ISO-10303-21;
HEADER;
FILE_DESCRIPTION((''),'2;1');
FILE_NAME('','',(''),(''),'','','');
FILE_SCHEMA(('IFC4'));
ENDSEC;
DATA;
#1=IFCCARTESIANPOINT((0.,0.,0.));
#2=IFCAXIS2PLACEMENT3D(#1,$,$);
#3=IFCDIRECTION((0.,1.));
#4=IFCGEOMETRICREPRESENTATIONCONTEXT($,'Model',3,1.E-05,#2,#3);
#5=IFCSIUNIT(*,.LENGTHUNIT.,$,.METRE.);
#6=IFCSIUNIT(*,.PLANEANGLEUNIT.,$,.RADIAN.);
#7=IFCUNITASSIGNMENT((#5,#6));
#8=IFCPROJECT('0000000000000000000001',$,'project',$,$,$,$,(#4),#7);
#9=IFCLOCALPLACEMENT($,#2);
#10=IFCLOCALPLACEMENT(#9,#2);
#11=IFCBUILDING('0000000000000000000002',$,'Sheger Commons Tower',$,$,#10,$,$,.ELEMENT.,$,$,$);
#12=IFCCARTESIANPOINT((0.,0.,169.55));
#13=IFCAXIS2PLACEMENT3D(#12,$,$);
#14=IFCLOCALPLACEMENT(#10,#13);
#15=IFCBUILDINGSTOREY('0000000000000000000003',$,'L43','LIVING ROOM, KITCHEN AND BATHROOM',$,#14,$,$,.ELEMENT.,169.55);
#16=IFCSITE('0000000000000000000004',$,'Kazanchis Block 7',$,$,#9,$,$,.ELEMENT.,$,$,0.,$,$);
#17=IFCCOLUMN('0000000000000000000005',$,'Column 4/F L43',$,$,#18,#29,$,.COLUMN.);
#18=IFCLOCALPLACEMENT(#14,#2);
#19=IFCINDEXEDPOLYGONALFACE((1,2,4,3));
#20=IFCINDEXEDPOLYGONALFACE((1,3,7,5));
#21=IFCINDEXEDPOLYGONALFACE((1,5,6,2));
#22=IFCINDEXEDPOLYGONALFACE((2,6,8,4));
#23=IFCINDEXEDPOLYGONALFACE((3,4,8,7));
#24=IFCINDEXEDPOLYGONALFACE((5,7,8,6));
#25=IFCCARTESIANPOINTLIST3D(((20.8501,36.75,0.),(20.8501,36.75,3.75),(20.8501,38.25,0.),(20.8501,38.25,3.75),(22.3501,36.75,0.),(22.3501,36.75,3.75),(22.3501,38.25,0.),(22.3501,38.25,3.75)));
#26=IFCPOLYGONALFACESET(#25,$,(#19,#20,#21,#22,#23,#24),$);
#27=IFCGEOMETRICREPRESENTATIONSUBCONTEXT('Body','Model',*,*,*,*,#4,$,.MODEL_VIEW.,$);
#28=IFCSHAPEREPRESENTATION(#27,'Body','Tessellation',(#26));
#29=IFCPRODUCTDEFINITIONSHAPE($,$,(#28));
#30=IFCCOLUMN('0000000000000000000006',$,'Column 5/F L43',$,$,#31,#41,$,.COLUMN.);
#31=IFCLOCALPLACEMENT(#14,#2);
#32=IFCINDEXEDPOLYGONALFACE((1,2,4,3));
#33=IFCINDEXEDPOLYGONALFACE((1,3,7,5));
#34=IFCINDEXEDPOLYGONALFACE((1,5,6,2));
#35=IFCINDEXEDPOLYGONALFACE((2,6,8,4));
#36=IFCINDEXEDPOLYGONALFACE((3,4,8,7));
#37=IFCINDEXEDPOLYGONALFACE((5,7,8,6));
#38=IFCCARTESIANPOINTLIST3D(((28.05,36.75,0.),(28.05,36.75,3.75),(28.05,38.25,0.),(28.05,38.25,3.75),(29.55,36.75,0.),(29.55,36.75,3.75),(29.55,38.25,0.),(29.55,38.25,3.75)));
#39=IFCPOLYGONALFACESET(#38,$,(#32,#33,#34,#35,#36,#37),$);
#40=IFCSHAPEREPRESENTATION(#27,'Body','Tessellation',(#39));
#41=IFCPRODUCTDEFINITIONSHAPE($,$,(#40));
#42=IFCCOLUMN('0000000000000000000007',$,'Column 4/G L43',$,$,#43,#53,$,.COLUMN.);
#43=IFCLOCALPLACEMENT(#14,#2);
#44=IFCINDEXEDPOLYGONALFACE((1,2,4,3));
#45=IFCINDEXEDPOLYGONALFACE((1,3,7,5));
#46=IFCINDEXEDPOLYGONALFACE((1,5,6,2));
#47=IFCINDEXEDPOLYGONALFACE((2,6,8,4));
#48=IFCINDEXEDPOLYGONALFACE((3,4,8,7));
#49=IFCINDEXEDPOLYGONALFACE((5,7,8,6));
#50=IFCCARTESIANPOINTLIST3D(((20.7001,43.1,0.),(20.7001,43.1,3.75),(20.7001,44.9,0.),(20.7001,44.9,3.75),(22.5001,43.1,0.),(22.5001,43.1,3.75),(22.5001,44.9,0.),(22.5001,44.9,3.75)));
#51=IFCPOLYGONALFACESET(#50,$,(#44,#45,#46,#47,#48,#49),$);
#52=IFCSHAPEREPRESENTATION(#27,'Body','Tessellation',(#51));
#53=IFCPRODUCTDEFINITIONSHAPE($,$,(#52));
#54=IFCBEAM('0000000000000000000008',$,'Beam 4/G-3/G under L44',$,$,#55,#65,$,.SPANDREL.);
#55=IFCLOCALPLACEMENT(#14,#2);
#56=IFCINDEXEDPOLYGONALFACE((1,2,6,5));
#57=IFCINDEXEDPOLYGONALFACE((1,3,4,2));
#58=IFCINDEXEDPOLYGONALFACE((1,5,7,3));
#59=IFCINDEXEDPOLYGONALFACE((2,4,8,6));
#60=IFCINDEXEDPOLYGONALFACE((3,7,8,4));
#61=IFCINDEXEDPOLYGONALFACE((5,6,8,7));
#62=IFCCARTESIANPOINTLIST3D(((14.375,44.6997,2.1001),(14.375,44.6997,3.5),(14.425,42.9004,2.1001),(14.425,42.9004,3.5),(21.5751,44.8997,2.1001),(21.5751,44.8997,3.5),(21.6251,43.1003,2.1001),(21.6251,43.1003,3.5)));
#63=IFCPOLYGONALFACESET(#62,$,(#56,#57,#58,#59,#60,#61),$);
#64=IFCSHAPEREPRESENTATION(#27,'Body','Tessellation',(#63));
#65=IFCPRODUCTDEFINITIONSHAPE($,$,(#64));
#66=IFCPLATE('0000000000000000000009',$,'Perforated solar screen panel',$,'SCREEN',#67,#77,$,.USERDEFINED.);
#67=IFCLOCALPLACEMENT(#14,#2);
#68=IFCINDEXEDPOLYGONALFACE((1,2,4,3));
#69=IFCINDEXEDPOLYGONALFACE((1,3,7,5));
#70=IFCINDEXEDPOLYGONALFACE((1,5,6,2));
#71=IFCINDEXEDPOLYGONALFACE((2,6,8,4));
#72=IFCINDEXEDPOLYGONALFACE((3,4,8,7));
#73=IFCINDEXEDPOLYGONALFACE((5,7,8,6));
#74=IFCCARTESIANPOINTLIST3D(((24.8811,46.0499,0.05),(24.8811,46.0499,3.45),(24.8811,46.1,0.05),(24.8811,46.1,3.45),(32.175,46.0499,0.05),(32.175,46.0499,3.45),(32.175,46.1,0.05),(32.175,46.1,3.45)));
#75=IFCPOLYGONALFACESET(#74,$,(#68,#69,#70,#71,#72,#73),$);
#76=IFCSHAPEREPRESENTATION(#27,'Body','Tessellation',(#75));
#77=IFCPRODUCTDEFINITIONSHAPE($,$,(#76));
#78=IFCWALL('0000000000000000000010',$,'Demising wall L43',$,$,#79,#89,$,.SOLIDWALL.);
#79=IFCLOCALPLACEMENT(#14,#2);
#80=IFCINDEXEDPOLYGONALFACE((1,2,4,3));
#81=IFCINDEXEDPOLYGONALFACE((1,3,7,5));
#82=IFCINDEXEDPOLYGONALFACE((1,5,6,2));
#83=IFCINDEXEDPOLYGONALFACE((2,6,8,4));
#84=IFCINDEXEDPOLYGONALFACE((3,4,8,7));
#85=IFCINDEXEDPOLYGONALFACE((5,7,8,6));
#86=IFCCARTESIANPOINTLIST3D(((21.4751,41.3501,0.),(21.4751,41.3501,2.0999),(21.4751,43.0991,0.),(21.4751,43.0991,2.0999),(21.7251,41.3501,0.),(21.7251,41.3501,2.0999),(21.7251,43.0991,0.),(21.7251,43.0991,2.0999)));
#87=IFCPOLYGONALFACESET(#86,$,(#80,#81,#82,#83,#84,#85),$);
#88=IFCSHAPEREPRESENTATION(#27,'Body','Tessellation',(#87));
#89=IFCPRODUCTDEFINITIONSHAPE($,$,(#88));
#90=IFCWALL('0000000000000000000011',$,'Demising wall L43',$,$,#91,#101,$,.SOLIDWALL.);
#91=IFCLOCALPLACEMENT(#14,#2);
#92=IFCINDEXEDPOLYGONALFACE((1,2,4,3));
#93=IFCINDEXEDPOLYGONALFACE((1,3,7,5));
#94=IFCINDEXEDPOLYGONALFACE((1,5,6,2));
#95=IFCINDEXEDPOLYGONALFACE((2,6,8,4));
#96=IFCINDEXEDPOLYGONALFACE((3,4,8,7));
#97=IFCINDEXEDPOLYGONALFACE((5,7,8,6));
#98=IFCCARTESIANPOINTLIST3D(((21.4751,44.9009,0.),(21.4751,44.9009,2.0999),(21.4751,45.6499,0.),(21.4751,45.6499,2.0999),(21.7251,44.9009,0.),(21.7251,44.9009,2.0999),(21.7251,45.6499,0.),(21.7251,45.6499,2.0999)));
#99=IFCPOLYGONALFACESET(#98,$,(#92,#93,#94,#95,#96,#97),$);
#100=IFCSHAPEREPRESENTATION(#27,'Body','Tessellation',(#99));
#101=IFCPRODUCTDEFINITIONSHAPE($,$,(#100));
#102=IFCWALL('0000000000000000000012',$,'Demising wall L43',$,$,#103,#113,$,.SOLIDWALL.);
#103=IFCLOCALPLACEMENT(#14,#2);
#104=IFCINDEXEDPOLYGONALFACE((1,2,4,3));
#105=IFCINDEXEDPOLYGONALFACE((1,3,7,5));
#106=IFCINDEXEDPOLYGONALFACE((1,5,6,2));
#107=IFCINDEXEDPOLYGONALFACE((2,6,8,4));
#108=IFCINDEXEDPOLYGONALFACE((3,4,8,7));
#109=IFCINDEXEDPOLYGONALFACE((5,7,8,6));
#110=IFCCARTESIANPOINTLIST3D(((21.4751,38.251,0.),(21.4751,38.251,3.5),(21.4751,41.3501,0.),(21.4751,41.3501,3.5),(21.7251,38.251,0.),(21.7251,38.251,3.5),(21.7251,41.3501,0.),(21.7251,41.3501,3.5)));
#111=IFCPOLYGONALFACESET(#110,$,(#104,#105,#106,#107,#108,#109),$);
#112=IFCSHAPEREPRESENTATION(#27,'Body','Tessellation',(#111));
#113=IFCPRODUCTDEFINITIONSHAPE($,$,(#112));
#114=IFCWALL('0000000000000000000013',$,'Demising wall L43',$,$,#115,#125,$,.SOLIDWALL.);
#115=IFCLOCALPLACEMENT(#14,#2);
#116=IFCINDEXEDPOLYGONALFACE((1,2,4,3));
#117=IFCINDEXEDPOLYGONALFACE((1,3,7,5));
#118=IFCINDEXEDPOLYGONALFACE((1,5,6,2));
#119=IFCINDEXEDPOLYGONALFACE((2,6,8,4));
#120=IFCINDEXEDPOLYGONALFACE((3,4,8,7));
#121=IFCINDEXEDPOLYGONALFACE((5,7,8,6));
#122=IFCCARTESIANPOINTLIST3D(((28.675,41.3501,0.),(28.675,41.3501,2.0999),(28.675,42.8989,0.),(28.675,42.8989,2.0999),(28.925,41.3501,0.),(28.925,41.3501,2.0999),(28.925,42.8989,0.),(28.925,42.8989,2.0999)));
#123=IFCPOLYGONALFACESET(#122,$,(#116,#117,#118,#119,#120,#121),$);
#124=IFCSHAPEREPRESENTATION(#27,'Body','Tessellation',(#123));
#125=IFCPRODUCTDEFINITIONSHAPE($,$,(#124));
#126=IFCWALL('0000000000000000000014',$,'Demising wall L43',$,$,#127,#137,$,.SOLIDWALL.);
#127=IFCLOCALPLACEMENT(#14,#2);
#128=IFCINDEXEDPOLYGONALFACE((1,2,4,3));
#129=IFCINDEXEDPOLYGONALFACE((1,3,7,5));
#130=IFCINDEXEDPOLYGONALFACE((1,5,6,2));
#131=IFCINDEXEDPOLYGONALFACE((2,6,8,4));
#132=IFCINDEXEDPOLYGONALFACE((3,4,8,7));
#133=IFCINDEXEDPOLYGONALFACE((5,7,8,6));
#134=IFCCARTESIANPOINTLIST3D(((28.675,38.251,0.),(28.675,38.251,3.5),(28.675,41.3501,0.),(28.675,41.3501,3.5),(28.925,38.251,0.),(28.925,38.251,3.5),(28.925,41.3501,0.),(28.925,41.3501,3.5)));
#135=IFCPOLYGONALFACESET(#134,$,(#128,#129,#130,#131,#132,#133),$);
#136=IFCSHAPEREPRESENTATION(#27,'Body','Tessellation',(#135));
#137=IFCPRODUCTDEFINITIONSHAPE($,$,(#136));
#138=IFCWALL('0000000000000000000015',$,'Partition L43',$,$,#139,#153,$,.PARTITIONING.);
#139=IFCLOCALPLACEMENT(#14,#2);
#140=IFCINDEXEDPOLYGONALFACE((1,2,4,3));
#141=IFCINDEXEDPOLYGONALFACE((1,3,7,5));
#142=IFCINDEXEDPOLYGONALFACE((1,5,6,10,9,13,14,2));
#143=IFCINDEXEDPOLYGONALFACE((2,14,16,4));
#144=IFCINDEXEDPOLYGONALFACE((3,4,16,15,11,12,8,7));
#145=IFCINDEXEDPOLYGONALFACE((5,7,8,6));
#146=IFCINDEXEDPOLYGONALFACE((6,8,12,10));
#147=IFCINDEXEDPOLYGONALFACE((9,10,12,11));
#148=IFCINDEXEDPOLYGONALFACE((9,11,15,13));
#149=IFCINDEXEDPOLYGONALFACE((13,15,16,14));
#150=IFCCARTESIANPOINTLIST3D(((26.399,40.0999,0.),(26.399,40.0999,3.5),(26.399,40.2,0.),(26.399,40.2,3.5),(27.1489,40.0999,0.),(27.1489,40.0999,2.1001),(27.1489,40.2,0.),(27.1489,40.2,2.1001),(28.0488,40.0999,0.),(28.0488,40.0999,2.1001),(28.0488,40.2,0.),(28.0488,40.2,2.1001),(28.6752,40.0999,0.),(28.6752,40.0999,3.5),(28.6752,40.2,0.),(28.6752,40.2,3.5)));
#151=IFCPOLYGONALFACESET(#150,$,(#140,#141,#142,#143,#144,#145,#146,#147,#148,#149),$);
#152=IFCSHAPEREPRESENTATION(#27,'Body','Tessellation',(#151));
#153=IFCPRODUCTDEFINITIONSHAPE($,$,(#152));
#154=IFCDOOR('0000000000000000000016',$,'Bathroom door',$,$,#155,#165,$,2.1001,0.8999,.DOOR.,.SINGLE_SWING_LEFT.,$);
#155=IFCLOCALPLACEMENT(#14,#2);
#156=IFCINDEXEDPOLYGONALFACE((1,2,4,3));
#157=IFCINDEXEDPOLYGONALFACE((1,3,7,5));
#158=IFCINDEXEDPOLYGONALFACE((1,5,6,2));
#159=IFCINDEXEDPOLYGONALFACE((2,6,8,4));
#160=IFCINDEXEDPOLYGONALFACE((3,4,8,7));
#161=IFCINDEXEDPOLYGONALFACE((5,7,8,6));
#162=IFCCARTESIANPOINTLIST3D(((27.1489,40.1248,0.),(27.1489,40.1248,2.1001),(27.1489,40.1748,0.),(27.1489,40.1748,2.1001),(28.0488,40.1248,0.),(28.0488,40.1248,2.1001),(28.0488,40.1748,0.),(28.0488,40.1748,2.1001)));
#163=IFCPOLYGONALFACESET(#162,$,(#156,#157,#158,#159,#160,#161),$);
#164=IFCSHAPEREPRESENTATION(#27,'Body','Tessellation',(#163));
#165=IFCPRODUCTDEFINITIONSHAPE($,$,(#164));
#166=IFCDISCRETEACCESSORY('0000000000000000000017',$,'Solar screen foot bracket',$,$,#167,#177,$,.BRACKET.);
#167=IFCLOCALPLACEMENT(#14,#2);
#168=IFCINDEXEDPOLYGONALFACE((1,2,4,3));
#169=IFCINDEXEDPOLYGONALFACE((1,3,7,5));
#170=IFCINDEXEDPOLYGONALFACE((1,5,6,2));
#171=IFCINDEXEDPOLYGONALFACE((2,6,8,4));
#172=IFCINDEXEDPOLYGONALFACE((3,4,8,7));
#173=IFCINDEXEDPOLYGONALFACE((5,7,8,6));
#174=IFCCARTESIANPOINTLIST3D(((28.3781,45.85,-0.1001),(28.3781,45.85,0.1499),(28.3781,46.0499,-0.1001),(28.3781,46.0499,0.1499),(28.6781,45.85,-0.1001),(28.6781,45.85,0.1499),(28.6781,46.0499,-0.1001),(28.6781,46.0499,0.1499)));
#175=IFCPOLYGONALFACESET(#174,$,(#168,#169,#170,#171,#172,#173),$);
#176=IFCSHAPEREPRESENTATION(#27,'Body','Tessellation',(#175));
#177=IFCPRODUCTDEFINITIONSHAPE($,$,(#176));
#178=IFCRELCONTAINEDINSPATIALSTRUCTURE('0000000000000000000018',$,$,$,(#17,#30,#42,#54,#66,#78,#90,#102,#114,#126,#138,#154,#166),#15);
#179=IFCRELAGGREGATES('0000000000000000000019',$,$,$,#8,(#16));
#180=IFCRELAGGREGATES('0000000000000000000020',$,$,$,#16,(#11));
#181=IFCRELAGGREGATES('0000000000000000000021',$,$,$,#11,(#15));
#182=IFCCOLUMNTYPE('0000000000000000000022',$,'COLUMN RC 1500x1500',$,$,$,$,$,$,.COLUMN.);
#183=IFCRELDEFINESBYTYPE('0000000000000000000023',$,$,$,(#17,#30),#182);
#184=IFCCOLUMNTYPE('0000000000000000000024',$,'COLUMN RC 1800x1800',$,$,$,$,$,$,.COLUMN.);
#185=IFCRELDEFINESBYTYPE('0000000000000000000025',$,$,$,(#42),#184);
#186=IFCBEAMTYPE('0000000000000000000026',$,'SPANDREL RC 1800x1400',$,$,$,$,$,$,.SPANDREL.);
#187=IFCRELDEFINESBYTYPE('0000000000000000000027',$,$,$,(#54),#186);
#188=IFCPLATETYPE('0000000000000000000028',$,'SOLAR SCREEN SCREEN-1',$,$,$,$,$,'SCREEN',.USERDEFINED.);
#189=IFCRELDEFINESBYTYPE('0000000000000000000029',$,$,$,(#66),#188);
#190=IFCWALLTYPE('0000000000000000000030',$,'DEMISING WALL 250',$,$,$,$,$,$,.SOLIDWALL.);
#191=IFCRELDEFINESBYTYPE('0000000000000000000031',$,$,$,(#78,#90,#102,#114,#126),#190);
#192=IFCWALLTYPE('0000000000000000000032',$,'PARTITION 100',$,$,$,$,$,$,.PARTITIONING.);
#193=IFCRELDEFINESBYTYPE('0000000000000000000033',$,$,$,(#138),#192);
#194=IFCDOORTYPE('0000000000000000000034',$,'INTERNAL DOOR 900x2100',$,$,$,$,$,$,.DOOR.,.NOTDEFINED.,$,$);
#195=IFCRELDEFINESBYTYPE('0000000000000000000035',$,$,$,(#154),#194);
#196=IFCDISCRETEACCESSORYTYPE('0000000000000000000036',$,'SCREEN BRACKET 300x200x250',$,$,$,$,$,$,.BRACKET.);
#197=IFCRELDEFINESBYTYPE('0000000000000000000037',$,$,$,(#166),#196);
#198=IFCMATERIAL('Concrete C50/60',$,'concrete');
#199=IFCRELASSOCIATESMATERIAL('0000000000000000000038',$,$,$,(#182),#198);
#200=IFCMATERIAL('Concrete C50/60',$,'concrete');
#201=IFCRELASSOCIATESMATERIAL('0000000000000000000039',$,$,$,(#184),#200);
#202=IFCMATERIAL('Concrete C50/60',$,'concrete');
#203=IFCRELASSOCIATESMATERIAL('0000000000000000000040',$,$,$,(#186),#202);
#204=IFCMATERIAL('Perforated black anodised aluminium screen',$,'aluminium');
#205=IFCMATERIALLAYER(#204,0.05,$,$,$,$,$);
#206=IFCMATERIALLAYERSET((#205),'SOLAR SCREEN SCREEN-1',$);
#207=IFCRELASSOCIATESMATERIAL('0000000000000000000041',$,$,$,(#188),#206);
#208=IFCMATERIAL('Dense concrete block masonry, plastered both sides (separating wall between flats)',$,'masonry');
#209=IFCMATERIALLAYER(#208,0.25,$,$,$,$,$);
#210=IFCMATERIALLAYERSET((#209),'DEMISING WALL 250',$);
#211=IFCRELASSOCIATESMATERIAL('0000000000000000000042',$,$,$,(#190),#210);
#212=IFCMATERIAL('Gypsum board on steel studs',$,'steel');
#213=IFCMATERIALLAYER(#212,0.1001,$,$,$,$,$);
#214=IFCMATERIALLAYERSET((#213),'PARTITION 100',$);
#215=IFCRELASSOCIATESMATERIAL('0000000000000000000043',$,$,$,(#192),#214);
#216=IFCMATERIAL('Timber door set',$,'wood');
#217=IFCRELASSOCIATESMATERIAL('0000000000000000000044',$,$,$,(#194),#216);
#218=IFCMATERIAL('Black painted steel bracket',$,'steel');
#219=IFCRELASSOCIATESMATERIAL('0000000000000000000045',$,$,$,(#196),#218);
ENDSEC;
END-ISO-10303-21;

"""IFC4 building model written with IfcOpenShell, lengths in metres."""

from ifc_helpers import new_model, si_unit, direction, frame, frame_2d, origin, origin_2d, place, context, subcontext, project, spatial, rectangle, extrude, material, layer, layer_set, material_profile, profile_set, type_object, element, fill, save


model = new_model("IFC4")

# Units and contexts
model_context = context("Model", 3, precision=1e-05, world=origin(), true_north=direction((0.0, 1.0)))
body_context = subcontext(model_context, "Body", "Model", "MODEL_VIEW")
ifc_project = project(units=[si_unit("LENGTHUNIT", "METRE"), si_unit("PLANEANGLEUNIT", "RADIAN")], contexts=[model_context])

# Site, building, storey
site_placement = place(None, origin())
site = spatial("IfcSite", under=ifc_project, at=site_placement, Name="Kazanchis Block 7", CompositionType="ELEMENT", RefElevation=0.0)
building_placement = place(site_placement, origin())
building = spatial("IfcBuilding", under=site, at=building_placement, Name="Sheger Commons Tower", CompositionType="ELEMENT")
storey_placement = place(building_placement, frame((0.0, 0.0, 169.55)))
storey = spatial("IfcBuildingStorey", under=building, at=storey_placement, Name="L43", Description="LIVING ROOM, KITCHEN AND BATHROOM", CompositionType="ELEMENT", Elevation=169.55)

# Columns
ifc_material_1 = material(Name="Concrete C50/60", Category="concrete")
ifc_material_profile_1 = material_profile(ifc_material_1, rectangle(XDim=1.5, YDim=1.5, at=origin_2d()), Name="RC 1500x1500")
ifc_profile_set_1 = profile_set([ifc_material_profile_1], Name="Concrete C50/60")
column_type_1 = type_object("IfcColumnType", Name="COLUMN RC 1500x1500", PredefinedType="COLUMN", material=ifc_profile_set_1)
for number, where, z_axis, x_axis, name in (
    (1, (21.6001, 37.5, 0.0), (0.0, 0.0, 1.0), (1.0, 0.0, 0.0), "Column 4/F L43"),
    (2, (28.8, 37.5, 0.0), (0.0, 0.0, 1.0), (1.0, 0.0, 0.0), "Column 5/F L43"),
):
    element("IfcColumn", number, at=place(storey_placement, frame(where, z_axis=z_axis, x_axis=x_axis)), inside=storey, type_object=column_type_1, Name=name, PredefinedType="COLUMN", context=body_context, shape_type="SweptSolid", body=[
        extrude(rectangle(XDim=1.5, YDim=1.5, at=origin_2d()), origin(), (0.0, 0.0, 1.0), 3.75),
    ])
ifc_material_2 = material(Name="Concrete C50/60", Category="concrete")
ifc_material_profile_2 = material_profile(ifc_material_2, rectangle(XDim=1.8, YDim=1.8, at=origin_2d()), Name="RC 1800x1800")
ifc_profile_set_2 = profile_set([ifc_material_profile_2], Name="Concrete C50/60")
column_type_2 = type_object("IfcColumnType", Name="COLUMN RC 1800x1800", PredefinedType="COLUMN", material=ifc_profile_set_2)
column_placement = place(storey_placement, frame((21.6001, 44.0, 0.0), z_axis=(0.0, 0.0, 1.0), x_axis=(1.0, 0.0, 0.0)))
element("IfcColumn", 3, at=column_placement, inside=storey, type_object=column_type_2, Name="Column 4/G L43", PredefinedType="COLUMN", context=body_context, shape_type="SweptSolid", body=[
    extrude(rectangle(XDim=1.8, YDim=1.8, at=origin_2d()), origin(), (0.0, 0.0, 1.0), 3.75),
])

# Beam
ifc_material_3 = material(Name="Concrete C50/60", Category="concrete")
ifc_material_profile_3 = material_profile(ifc_material_3, rectangle(XDim=1.8, YDim=1.3999, at=origin_2d()), Name="RC 1800x1400")
ifc_profile_set_3 = profile_set([ifc_material_profile_3], Name="Concrete C50/60")
beam_type = type_object("IfcBeamType", Name="SPANDREL RC 1800x1400", PredefinedType="SPANDREL", material=ifc_profile_set_3)
beam_placement = place(storey_placement, frame((21.6001, 44.0, 2.8), z_axis=(-0.999615, -0.02776, 0.0), x_axis=(0.02776, -0.999615, 0.0)))
element("IfcBeam", 4, at=beam_placement, inside=storey, type_object=beam_type, Name="Beam 4/G-3/G under L44", PredefinedType="SPANDREL", context=body_context, shape_type="SweptSolid", body=[
    extrude(rectangle(XDim=1.8, YDim=1.3999, at=origin_2d()), origin(), (0.0, 0.0, 1.0), 7.2029),
])

# Plate
ifc_material_4 = material(Name="Perforated black anodised aluminium screen", Category="aluminium")
ifc_layer_1 = layer(ifc_material_4, 0.05)
ifc_layer_set_1 = layer_set([ifc_layer_1], Name="SOLAR SCREEN SCREEN-1")
plate_type = type_object("IfcPlateType", Name="SOLAR SCREEN SCREEN-1", ElementType="SCREEN", PredefinedType="USERDEFINED", material=ifc_layer_set_1)
plate_placement = place(storey_placement, frame((28.5281, 46.075, 0.05), z_axis=(0.0, 0.0, 1.0), x_axis=(-1.0, 0.0, 0.0)))
element("IfcPlate", 5, at=plate_placement, inside=storey, type_object=plate_type, Name="Perforated solar screen panel", ObjectType="SCREEN", PredefinedType="USERDEFINED", context=body_context, shape_type="SweptSolid", body=[
    extrude(rectangle(XDim=7.2939, YDim=0.05, at=origin_2d()), origin(), (0.0, 0.0, 1.0), 3.3999),
])

# Walls
ifc_material_5 = material(Name="Dense concrete block masonry, plastered both sides (separating wall between flats)", Category="masonry")
ifc_layer_2 = layer(ifc_material_5, 0.25)
ifc_layer_set_2 = layer_set([ifc_layer_2], Name="DEMISING WALL 250")
wall_type_1 = type_object("IfcWallType", Name="DEMISING WALL 250", PredefinedType="SOLIDWALL", material=ifc_layer_set_2)
wall_1_placement = place(storey_placement, frame((21.6001, 41.3501, 0.0), z_axis=(0.0, 0.0, 1.0), x_axis=(0.0, 1.0, 0.0)))
element("IfcWall", 6, at=wall_1_placement, inside=storey, type_object=wall_type_1, Name="Demising wall L43", PredefinedType="SOLIDWALL", context=body_context, shape_type="SweptSolid", body=[
    extrude(rectangle(XDim=1.749, YDim=0.25, at=frame_2d((0.8745, 0.0))), origin(), (0.0, 0.0, 1.0), 2.0999),
])
wall_2_placement = place(storey_placement, frame((21.6001, 44.9009, 0.0), z_axis=(0.0, 0.0, 1.0), x_axis=(0.0, 1.0, 0.0)))
element("IfcWall", 7, at=wall_2_placement, inside=storey, type_object=wall_type_1, Name="Demising wall L43", PredefinedType="SOLIDWALL", context=body_context, shape_type="SweptSolid", body=[
    extrude(rectangle(XDim=0.749, YDim=0.25, at=frame_2d((0.3745, 0.0))), origin(), (0.0, 0.0, 1.0), 2.0999),
])
wall_3_placement = place(storey_placement, frame((21.6001, 38.251, 0.0), z_axis=(0.0, 0.0, 1.0), x_axis=(0.0, 1.0, 0.0)))
element("IfcWall", 8, at=wall_3_placement, inside=storey, type_object=wall_type_1, Name="Demising wall L43", PredefinedType="SOLIDWALL", context=body_context, shape_type="SweptSolid", body=[
    extrude(rectangle(XDim=3.0991, YDim=0.25, at=frame_2d((1.5496, 0.0))), origin(), (0.0, 0.0, 1.0), 3.5),
])
wall_4_placement = place(storey_placement, frame((28.8, 41.3501, 0.0), z_axis=(0.0, 0.0, 1.0), x_axis=(0.0, 1.0, 0.0)))
element("IfcWall", 9, at=wall_4_placement, inside=storey, type_object=wall_type_1, Name="Demising wall L43", PredefinedType="SOLIDWALL", context=body_context, shape_type="SweptSolid", body=[
    extrude(rectangle(XDim=1.5488, YDim=0.25, at=frame_2d((0.7744, 0.0))), origin(), (0.0, 0.0, 1.0), 2.0999),
])
wall_5_placement = place(storey_placement, frame((28.8, 38.251, 0.0), z_axis=(0.0, 0.0, 1.0), x_axis=(0.0, 1.0, 0.0)))
element("IfcWall", 10, at=wall_5_placement, inside=storey, type_object=wall_type_1, Name="Demising wall L43", PredefinedType="SOLIDWALL", context=body_context, shape_type="SweptSolid", body=[
    extrude(rectangle(XDim=3.0991, YDim=0.25, at=frame_2d((1.5496, 0.0))), origin(), (0.0, 0.0, 1.0), 3.5),
])

# Wall, opening, door
ifc_material_6 = material(Name="Gypsum board on steel studs", Category="steel")
ifc_layer_3 = layer(ifc_material_6, 0.1001)
ifc_layer_set_3 = layer_set([ifc_layer_3], Name="PARTITION 100")
wall_type_2 = type_object("IfcWallType", Name="PARTITION 100", PredefinedType="PARTITIONING", material=ifc_layer_set_3)
wall_6_placement = place(storey_placement, frame((26.3989, 40.1499, 0.0), z_axis=(0.0, 0.0, 1.0), x_axis=(1.0, 0.0, 0.0)))
wall_6 = element("IfcWall", 11, at=wall_6_placement, inside=storey, type_object=wall_type_2, Name="Partition L43", PredefinedType="PARTITIONING", context=body_context, shape_type="SweptSolid", body=[
    extrude(rectangle(XDim=2.2761, YDim=0.1001, at=frame_2d((1.1382, 0.0))), origin(), (0.0, 0.0, 1.0), 3.5),
])
opening_placement = place(wall_6_placement, frame((0.75, 0.0, 0.0)))
opening = element("IfcOpeningElement", 12, at=opening_placement, cuts=wall_6, PredefinedType="OPENING", context=body_context, shape_type="SweptSolid", body=[
    extrude(rectangle(XDim=0.8999, YDim=2.1001, at=frame_2d((0.45, 1.05))), frame((0.0, 0.0601, 0.0), z_axis=(0.0, -1.0, 0.0), x_axis=(1.0, 0.0, 0.0)), (0.0, 0.0, 1.0), 0.1201),
])
ifc_material_7 = material(Name="Timber door set", Category="wood")
door_type = type_object("IfcDoorType", Name="INTERNAL DOOR 900x2100", OperationType="NOTDEFINED", PredefinedType="DOOR", material=ifc_material_7)
door_placement = place(opening_placement, origin())
door = element("IfcDoor", 13, at=door_placement, inside=storey, type_object=door_type, Name="Bathroom door", OperationType="SINGLE_SWING_LEFT", OverallHeight=2.1001, OverallWidth=0.8999, PredefinedType="DOOR", context=body_context, shape_type="SweptSolid", body=[
    extrude(rectangle(XDim=0.8999, YDim=2.1001, at=frame_2d((0.45, 1.05))), frame((0.0, 0.0249, 0.0), z_axis=(0.0, -1.0, 0.0), x_axis=(1.0, 0.0, 0.0)), (0.0, 0.0, 1.0), 0.05),
])
fill(opening, door)

# Discrete accessory
ifc_material_8 = material(Name="Black painted steel bracket", Category="steel")
discrete_accessory_type = type_object("IfcDiscreteAccessoryType", Name="SCREEN BRACKET 300x200x250", PredefinedType="BRACKET", material=ifc_material_8)
for number, where, z_axis, x_axis, name in (
    (14, (28.5281, 45.95, -0.1001), (0.0, 0.0, 1.0), (-1.0, 0.0, 0.0), "Solar screen foot bracket"),
):
    element("IfcDiscreteAccessory", number, at=place(storey_placement, frame(where, z_axis=z_axis, x_axis=x_axis)), inside=storey, type_object=discrete_accessory_type, Name=name, PredefinedType="BRACKET", context=body_context, shape_type="SweptSolid", body=[
        extrude(rectangle(XDim=0.3, YDim=0.2, at=origin_2d()), origin(), (0.0, 0.0, 1.0), 0.25),
    ])

save(model, "model.ifc")
